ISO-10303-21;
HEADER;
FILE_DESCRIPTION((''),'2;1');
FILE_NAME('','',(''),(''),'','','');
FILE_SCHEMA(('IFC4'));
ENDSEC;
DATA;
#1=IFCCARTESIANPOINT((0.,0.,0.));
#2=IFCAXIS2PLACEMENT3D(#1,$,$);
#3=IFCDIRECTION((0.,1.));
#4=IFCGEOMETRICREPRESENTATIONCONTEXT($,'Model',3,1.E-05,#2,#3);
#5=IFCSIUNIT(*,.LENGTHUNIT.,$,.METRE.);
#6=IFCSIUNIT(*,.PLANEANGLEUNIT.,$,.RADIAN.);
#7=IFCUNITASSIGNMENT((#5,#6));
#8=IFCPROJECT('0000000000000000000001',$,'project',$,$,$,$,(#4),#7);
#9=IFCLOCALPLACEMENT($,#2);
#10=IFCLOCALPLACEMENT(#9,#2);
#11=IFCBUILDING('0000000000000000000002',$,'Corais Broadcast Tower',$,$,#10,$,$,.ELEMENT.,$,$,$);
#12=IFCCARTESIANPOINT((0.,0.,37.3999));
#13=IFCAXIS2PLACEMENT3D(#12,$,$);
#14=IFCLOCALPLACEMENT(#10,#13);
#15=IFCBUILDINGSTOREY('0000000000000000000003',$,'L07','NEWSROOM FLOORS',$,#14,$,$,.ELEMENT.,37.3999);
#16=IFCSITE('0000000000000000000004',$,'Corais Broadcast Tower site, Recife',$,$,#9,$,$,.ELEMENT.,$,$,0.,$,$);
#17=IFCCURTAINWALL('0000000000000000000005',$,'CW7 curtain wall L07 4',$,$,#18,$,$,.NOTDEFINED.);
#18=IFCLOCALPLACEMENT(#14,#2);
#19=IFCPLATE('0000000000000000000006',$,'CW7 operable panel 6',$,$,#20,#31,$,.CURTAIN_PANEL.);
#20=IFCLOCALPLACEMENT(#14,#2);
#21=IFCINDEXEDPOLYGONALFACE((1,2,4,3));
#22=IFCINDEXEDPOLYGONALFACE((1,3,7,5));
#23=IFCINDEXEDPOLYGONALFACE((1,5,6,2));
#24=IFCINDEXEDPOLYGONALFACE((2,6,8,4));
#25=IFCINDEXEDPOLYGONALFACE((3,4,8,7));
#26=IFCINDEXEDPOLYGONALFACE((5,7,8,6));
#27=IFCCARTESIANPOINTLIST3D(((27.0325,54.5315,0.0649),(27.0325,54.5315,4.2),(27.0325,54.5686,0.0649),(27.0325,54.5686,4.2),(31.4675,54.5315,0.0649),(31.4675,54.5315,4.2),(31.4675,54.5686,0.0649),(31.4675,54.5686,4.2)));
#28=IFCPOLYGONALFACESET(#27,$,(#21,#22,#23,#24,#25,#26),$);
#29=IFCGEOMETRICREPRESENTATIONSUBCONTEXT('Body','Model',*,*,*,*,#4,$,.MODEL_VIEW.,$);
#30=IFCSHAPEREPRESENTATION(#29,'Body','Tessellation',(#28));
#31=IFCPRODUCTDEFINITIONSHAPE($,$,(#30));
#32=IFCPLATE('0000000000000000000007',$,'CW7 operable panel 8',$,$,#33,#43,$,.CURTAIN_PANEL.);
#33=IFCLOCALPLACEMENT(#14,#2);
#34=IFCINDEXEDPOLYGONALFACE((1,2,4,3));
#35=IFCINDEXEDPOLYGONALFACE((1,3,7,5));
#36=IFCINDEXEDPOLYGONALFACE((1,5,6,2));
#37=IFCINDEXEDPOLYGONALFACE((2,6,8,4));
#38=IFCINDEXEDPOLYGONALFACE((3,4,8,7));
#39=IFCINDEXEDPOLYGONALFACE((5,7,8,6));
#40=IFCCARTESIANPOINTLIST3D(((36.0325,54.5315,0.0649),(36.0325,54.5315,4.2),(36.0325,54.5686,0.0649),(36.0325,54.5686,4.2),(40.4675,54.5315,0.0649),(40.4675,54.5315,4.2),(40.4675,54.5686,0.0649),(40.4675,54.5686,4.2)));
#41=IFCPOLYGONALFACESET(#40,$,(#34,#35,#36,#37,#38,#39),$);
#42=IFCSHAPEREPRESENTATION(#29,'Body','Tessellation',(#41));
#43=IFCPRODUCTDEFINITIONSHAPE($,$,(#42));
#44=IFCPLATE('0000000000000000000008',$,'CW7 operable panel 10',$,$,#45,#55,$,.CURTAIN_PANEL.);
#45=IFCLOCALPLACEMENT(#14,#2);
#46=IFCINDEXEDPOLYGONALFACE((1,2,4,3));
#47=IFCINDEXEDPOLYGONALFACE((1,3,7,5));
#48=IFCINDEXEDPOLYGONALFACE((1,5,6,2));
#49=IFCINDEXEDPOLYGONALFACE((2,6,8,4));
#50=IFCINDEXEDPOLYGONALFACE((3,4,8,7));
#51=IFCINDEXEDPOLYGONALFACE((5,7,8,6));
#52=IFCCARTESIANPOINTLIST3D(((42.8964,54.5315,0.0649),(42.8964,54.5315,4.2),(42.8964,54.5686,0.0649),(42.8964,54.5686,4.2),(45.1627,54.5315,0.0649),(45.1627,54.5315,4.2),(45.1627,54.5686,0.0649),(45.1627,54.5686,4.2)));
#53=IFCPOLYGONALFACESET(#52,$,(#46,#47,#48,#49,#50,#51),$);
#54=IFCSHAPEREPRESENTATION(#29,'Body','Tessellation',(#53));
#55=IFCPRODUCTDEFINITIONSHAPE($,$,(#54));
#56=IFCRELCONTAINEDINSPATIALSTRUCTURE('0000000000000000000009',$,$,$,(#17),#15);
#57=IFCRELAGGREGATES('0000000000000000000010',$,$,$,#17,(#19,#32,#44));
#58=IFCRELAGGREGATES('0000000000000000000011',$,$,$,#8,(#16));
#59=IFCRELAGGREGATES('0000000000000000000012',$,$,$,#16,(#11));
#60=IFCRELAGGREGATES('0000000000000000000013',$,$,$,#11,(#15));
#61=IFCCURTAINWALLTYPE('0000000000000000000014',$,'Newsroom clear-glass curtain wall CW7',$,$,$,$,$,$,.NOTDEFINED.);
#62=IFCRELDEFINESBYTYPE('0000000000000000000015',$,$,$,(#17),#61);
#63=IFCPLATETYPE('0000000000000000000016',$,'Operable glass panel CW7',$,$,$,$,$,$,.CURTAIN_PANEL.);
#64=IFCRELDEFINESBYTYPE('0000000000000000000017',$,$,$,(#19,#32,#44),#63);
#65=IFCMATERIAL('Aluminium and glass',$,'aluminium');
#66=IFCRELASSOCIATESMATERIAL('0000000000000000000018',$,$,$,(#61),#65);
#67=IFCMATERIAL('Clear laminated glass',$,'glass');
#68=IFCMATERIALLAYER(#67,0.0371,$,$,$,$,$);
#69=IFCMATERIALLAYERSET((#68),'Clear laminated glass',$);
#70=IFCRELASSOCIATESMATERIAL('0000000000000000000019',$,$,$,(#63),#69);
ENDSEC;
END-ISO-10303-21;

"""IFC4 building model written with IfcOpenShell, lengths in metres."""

from ifc_helpers import new_model, si_unit, direction, frame, origin, origin_2d, place, context, subcontext, project, spatial, rectangle, extrude, material, layer, layer_set, type_object, element, aggregate, save


model = new_model("IFC4")

# Units and contexts
model_context = context("Model", 3, precision=1e-05, world=origin(), true_north=direction((0.0, 1.0)))
body_context = subcontext(model_context, "Body", "Model", "MODEL_VIEW")
ifc_project = project(units=[si_unit("LENGTHUNIT", "METRE"), si_unit("PLANEANGLEUNIT", "RADIAN")], contexts=[model_context])

# Site, building, storey
site_placement = place(None, origin())
site = spatial("IfcSite", under=ifc_project, at=site_placement, Name="Corais Broadcast Tower site, Recife", CompositionType="ELEMENT", RefElevation=0.0)
building_placement = place(site_placement, origin())
building = spatial("IfcBuilding", under=site, at=building_placement, Name="Corais Broadcast Tower", CompositionType="ELEMENT")
storey_placement = place(building_placement, frame((0.0, 0.0, 37.3999)))
storey = spatial("IfcBuildingStorey", under=building, at=storey_placement, Name="L07", Description="NEWSROOM FLOORS", CompositionType="ELEMENT", Elevation=37.3999)

# Curtain wall
ifc_material_1 = material(Name="Aluminium and glass", Category="aluminium")
curtain_wall_type = type_object("IfcCurtainWallType", Name="Newsroom clear-glass curtain wall CW7", PredefinedType="NOTDEFINED", material=ifc_material_1)
curtain_wall_placement = place(storey_placement, origin())
curtain_wall = element("IfcCurtainWall", 1, at=curtain_wall_placement, inside=storey, type_object=curtain_wall_type, Name="CW7 curtain wall L07 4", PredefinedType="NOTDEFINED")

# Plates
ifc_material_2 = material(Name="Clear laminated glass", Category="glass")
ifc_layer_1 = layer(ifc_material_2, 0.0371)
ifc_layer_set_1 = layer_set([ifc_layer_1], Name="Clear laminated glass")
plate_type_1 = type_object("IfcPlateType", Name="Operable glass panel CW7", PredefinedType="CURTAIN_PANEL", material=ifc_layer_set_1)
plate_1_placement = place(storey_placement, frame((29.25, 54.55, 0.0649), z_axis=(0.0, 0.0, 1.0), x_axis=(1.0, 0.0, 0.0)))
plate_1 = element("IfcPlate", 2, at=plate_1_placement, type_object=plate_type_1, Name="CW7 operable panel 6", PredefinedType="CURTAIN_PANEL", context=body_context, shape_type="SweptSolid", body=[
    extrude(rectangle(XDim=4.4351, YDim=0.0371, at=origin_2d()), origin(), (0.0, 0.0, 1.0), 4.135),
])
plate_2_placement = place(storey_placement, frame((38.25, 54.55, 0.0649), z_axis=(0.0, 0.0, 1.0), x_axis=(1.0, 0.0, 0.0)))
plate_2 = element("IfcPlate", 3, at=plate_2_placement, type_object=plate_type_1, Name="CW7 operable panel 8", PredefinedType="CURTAIN_PANEL", context=body_context, shape_type="SweptSolid", body=[
    extrude(rectangle(XDim=4.4351, YDim=0.0371, at=origin_2d()), origin(), (0.0, 0.0, 1.0), 4.135),
])
plate_3_placement = place(storey_placement, frame((44.0295, 54.55, 0.0649), z_axis=(0.0, 0.0, 1.0), x_axis=(1.0, 0.0, 0.0)))
plate_3 = element("IfcPlate", 4, at=plate_3_placement, type_object=plate_type_1, Name="CW7 operable panel 10", PredefinedType="CURTAIN_PANEL", context=body_context, shape_type="SweptSolid", body=[
    extrude(rectangle(XDim=2.2664, YDim=0.0371, at=origin_2d()), origin(), (0.0, 0.0, 1.0), 4.135),
])
aggregate(curtain_wall, [plate_1, plate_2, plate_3])

save(model, "model.ifc")
